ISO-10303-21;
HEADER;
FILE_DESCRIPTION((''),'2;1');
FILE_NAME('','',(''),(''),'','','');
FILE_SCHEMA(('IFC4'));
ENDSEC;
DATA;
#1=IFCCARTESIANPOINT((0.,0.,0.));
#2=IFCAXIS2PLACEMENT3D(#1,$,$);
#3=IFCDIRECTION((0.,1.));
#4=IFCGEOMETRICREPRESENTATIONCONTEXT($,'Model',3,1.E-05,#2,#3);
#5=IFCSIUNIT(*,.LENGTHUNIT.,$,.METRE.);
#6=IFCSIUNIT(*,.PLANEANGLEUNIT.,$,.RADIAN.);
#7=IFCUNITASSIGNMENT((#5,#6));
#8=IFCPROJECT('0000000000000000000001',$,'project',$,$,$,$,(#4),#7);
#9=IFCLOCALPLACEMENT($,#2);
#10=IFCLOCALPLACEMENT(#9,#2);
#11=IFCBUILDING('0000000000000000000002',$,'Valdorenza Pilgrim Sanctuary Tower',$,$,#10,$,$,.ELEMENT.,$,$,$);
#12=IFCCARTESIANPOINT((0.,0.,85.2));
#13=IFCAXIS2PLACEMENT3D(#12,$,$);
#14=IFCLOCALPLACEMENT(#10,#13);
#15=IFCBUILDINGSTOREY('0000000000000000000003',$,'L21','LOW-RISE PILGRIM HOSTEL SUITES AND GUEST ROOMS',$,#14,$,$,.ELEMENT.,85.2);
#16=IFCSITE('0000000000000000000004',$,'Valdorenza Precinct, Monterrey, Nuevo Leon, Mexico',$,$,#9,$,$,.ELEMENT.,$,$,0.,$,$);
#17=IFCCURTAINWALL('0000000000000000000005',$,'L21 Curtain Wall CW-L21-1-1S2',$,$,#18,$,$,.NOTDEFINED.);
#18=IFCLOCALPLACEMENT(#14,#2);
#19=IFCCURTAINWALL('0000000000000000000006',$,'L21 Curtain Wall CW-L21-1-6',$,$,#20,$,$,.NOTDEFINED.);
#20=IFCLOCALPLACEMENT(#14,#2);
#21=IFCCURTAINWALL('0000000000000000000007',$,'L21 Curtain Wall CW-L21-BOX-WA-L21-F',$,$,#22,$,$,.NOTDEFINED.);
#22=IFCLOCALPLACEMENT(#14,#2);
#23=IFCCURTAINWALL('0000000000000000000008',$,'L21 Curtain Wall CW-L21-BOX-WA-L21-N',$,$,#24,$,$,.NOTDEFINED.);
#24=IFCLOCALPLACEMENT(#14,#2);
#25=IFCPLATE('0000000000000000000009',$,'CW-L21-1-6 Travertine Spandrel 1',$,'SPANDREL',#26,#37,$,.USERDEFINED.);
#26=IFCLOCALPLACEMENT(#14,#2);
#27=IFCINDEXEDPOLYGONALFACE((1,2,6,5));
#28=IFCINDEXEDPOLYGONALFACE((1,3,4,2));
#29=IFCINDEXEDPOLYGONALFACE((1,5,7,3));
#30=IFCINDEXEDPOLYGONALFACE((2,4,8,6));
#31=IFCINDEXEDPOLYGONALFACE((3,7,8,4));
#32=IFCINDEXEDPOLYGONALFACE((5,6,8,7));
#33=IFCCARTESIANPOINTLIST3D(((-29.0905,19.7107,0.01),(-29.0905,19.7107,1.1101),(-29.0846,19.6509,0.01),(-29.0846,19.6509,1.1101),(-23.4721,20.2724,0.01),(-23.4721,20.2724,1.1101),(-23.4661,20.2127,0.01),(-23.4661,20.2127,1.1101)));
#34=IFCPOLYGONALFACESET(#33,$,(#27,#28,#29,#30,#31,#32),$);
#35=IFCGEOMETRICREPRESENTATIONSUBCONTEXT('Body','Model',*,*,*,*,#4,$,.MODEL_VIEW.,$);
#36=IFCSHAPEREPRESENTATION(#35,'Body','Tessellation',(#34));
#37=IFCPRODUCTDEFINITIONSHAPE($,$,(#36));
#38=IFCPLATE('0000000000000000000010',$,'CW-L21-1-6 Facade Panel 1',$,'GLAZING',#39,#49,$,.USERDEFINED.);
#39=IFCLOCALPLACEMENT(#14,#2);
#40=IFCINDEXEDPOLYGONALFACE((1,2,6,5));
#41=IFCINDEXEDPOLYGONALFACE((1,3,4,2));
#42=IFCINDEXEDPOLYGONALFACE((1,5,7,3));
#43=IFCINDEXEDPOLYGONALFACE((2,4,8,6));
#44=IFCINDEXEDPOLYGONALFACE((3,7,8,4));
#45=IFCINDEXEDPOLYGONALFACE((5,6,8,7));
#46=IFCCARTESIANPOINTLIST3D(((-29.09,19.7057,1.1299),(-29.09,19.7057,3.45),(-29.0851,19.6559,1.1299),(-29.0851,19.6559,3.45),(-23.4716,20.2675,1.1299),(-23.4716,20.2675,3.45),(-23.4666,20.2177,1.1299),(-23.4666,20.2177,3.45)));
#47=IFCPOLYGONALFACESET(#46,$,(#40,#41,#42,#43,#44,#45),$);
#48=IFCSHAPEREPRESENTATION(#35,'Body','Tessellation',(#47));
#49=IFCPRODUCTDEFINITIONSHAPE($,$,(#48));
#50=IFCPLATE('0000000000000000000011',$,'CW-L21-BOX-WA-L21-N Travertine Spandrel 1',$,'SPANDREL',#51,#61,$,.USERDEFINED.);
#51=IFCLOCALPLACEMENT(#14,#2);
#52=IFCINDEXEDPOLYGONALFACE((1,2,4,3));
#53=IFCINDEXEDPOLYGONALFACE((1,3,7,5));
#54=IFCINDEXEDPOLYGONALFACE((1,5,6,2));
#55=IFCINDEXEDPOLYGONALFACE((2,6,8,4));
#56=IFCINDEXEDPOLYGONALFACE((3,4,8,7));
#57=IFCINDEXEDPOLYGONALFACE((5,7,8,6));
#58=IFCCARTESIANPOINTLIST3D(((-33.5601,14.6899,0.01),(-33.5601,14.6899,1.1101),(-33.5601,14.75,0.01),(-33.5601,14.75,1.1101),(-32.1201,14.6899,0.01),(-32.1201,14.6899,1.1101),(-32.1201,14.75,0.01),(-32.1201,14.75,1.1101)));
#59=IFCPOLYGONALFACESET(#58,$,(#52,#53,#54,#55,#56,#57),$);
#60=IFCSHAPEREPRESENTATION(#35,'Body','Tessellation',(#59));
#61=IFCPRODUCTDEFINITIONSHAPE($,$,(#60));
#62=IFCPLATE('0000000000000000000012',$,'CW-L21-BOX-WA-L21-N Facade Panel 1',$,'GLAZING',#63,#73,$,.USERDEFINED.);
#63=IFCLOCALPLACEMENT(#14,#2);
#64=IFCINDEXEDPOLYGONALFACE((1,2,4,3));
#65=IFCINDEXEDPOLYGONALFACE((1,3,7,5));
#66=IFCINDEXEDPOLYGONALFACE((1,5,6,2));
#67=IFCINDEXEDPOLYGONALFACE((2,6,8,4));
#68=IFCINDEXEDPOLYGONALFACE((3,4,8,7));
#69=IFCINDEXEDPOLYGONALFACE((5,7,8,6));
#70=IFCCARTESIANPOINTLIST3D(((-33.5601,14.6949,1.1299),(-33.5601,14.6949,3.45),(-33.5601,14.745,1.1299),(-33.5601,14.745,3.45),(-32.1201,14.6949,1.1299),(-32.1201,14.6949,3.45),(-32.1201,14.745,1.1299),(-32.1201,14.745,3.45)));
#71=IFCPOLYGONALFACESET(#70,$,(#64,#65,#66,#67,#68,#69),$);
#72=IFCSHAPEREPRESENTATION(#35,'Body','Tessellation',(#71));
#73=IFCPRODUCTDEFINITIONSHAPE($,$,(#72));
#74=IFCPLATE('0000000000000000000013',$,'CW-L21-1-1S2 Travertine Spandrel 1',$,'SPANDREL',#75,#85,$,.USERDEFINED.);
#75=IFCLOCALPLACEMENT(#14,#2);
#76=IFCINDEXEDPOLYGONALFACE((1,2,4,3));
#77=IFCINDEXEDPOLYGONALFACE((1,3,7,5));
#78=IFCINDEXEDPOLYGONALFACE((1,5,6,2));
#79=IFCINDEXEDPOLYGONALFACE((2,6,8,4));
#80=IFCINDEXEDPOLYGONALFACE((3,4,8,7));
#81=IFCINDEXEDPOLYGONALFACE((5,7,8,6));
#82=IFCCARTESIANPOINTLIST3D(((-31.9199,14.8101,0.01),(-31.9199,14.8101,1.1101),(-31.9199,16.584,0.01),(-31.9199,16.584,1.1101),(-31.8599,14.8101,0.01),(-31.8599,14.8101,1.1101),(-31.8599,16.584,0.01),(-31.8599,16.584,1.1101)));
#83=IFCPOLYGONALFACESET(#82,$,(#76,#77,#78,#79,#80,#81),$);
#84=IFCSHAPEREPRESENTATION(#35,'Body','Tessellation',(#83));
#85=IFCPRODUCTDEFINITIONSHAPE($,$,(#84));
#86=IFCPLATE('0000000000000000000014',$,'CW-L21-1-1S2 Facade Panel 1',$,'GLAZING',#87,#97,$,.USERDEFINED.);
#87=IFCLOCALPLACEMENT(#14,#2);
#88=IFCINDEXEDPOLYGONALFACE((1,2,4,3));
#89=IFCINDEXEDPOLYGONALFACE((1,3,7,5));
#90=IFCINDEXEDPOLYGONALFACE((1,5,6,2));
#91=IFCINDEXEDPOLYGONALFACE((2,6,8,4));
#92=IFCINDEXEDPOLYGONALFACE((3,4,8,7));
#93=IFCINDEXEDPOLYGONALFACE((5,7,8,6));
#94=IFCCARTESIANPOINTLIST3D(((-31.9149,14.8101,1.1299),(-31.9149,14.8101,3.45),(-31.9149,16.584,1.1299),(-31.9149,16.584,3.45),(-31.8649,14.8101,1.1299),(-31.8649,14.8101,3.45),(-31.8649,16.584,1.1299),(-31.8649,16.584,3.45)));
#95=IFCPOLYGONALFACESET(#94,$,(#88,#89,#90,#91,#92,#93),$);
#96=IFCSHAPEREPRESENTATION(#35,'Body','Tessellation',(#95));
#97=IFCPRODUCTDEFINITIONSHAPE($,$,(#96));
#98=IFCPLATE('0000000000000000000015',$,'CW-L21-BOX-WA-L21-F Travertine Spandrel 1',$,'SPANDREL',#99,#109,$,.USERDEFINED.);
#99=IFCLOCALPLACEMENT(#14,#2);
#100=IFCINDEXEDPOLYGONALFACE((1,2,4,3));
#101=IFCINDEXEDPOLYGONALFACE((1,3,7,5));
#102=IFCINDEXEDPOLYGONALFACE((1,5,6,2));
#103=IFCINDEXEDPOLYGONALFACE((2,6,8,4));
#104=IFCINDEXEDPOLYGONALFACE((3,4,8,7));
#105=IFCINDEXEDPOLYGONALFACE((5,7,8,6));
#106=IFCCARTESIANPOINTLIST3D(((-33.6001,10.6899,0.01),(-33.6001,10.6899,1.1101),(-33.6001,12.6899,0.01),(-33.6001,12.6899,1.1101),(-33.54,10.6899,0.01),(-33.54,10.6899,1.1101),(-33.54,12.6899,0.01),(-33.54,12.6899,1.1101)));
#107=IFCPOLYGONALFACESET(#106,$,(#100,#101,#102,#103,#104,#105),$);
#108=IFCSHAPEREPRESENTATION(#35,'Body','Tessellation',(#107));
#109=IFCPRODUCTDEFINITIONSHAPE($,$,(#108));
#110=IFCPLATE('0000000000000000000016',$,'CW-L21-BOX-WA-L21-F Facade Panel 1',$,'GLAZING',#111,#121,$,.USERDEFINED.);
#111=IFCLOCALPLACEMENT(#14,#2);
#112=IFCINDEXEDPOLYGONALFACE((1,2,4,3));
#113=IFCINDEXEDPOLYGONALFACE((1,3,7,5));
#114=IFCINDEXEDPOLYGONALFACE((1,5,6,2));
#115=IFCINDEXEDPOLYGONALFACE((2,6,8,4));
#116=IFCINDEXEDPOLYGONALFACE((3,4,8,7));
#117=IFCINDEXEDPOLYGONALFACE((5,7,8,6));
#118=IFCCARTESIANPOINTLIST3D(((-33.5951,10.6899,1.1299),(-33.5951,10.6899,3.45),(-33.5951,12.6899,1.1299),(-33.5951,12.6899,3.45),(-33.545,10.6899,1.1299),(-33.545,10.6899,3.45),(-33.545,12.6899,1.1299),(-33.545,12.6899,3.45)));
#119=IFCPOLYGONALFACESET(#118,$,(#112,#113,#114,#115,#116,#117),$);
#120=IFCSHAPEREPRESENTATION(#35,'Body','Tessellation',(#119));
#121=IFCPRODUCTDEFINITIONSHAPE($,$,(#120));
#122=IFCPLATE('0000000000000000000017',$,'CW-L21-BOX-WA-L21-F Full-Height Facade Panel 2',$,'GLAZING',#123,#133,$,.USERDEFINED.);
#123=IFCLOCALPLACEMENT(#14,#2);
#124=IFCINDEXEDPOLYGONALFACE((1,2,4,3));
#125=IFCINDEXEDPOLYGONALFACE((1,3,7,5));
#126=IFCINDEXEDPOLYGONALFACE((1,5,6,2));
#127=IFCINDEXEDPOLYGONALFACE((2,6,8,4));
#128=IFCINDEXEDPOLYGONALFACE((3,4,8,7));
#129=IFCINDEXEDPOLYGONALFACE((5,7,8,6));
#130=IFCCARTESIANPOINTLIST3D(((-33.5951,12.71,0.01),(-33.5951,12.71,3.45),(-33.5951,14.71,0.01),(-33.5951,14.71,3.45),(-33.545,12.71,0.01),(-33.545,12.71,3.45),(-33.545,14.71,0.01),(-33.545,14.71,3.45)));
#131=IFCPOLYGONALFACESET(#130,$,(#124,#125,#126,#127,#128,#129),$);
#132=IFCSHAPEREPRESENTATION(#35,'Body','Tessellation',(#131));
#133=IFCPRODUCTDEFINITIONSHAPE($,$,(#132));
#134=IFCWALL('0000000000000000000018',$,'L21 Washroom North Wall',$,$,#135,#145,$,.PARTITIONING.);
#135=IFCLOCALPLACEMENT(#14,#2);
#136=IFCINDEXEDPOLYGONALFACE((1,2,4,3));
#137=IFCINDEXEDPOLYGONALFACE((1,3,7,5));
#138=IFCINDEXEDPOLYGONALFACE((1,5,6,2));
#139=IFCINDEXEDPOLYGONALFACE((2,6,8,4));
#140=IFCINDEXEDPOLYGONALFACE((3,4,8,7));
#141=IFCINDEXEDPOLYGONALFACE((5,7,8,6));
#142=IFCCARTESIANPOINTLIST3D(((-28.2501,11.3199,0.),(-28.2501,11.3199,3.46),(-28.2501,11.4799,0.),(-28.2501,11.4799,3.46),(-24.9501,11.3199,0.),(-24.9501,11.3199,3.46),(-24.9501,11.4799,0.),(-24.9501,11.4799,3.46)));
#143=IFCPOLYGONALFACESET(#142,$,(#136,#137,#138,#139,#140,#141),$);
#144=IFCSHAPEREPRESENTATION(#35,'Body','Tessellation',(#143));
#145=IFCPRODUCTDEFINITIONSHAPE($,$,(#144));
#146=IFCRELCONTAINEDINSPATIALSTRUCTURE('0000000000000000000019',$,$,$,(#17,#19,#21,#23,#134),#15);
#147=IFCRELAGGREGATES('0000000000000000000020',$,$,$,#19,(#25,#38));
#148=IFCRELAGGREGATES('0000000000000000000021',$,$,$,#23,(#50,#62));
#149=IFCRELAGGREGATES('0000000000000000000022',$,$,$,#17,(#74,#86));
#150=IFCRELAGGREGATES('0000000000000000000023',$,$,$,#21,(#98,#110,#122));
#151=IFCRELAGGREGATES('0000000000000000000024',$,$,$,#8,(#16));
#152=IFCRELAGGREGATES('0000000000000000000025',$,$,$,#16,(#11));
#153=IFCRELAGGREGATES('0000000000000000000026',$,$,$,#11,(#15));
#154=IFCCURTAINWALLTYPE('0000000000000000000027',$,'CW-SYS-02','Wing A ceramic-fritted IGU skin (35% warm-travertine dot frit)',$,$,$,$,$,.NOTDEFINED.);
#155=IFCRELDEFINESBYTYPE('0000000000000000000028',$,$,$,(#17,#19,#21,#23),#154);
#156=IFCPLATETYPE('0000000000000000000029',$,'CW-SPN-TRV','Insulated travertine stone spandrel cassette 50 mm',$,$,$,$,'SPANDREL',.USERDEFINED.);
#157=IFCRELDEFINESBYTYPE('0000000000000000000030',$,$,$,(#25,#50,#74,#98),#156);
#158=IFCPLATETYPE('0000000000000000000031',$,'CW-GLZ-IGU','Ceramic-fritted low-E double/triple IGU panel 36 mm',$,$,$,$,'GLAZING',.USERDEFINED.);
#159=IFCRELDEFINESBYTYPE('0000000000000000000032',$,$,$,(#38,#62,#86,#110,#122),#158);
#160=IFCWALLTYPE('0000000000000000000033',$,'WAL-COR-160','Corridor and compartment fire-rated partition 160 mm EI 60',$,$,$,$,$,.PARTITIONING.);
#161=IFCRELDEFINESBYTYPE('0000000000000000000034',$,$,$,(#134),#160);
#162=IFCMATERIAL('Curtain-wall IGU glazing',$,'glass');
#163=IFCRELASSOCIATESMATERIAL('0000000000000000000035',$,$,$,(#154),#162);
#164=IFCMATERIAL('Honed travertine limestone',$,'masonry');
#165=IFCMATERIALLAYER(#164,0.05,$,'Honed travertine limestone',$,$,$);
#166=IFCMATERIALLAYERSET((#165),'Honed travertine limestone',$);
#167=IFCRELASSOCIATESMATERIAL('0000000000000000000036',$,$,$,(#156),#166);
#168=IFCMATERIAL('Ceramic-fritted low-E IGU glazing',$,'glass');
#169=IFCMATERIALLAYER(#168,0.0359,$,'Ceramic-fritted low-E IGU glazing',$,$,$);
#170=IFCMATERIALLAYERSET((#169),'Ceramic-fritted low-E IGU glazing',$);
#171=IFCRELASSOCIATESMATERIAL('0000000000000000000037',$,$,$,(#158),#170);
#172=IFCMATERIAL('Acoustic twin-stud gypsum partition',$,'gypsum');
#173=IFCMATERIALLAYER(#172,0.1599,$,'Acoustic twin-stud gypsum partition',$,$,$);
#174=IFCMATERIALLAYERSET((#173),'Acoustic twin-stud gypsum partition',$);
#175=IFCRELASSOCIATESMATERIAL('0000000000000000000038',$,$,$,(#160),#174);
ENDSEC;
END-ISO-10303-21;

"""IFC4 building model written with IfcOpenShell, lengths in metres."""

from ifc_helpers import new_model, si_unit, direction, frame, frame_2d, origin, origin_2d, place, context, subcontext, project, spatial, rectangle, extrude, source, transform, mapped, material, layer, layer_set, type_object, element, aggregate, save


model = new_model("IFC4")

# Units and contexts
model_context = context("Model", 3, precision=1e-05, world=origin(), true_north=direction((0.0, 1.0)))
body_context = subcontext(model_context, "Body", "Model", "MODEL_VIEW")
ifc_project = project(units=[si_unit("LENGTHUNIT", "METRE"), si_unit("PLANEANGLEUNIT", "RADIAN")], contexts=[model_context])

# Site, building, storey
site_placement = place(None, origin())
site = spatial("IfcSite", under=ifc_project, at=site_placement, Name="Valdorenza Precinct, Monterrey, Nuevo Leon, Mexico", CompositionType="ELEMENT", RefElevation=0.0)
building_placement = place(site_placement, origin())
building = spatial("IfcBuilding", under=site, at=building_placement, Name="Valdorenza Pilgrim Sanctuary Tower", CompositionType="ELEMENT")
storey_placement = place(building_placement, frame((0.0, 0.0, 85.2)))
storey = spatial("IfcBuildingStorey", under=building, at=storey_placement, Name="L21", Description="LOW-RISE PILGRIM HOSTEL SUITES AND GUEST ROOMS", CompositionType="ELEMENT", Elevation=85.2)

# Curtain walls
ifc_material_1 = material(Name="Curtain-wall IGU glazing", Category="glass")
curtain_wall_type = type_object("IfcCurtainWallType", Name="CW-SYS-02", Description="Wing A ceramic-fritted IGU skin (35% warm-travertine dot frit)", PredefinedType="NOTDEFINED", material=ifc_material_1)
curtain_wall_1_placement = place(storey_placement, origin())
curtain_wall_1 = element("IfcCurtainWall", 1, at=curtain_wall_1_placement, inside=storey, type_object=curtain_wall_type, Name="L21 Curtain Wall CW-L21-1-1S2", PredefinedType="NOTDEFINED")
curtain_wall_2_placement = place(storey_placement, origin())
curtain_wall_2 = element("IfcCurtainWall", 2, at=curtain_wall_2_placement, inside=storey, type_object=curtain_wall_type, Name="L21 Curtain Wall CW-L21-1-6", PredefinedType="NOTDEFINED")
curtain_wall_3_placement = place(storey_placement, origin())
curtain_wall_3 = element("IfcCurtainWall", 3, at=curtain_wall_3_placement, inside=storey, type_object=curtain_wall_type, Name="L21 Curtain Wall CW-L21-BOX-WA-L21-F", PredefinedType="NOTDEFINED")

# Curtain wall
curtain_wall_4_placement = place(storey_placement, origin())
curtain_wall_4 = element("IfcCurtainWall", 4, at=curtain_wall_4_placement, inside=storey, type_object=curtain_wall_type, Name="L21 Curtain Wall CW-L21-BOX-WA-L21-N", PredefinedType="NOTDEFINED")

# Plates
ifc_material_2 = material(Name="Honed travertine limestone", Category="masonry")
ifc_layer_1 = layer(ifc_material_2, 0.05, Name="Honed travertine limestone")
ifc_layer_set_1 = layer_set([ifc_layer_1], Name="Honed travertine limestone")
plate_type_1 = type_object("IfcPlateType", Name="CW-SPN-TRV", Description="Insulated travertine stone spandrel cassette 50 mm", ElementType="SPANDREL", PredefinedType="USERDEFINED", material=ifc_layer_set_1)
shared_shape_1 = source(origin(), body_context, "Body", "SweptSolid", [
    extrude(rectangle(XDim=5.6465, YDim=0.0601, at=origin_2d()), origin(), (0.0, 0.0, 1.0), 1.1001),
])
plate_1_placement = place(storey_placement, frame((-26.2783, 19.9617, 0.01), z_axis=(0.0, 0.0, 1.0), x_axis=(0.995038, 0.099493, 0.0)))
plate_1 = element("IfcPlate", 5, at=plate_1_placement, type_object=plate_type_1, Name="CW-L21-1-6 Travertine Spandrel 1", ObjectType="SPANDREL", PredefinedType="USERDEFINED", context=body_context, shape_type="MappedRepresentation", body=[
    mapped(shared_shape_1, transform((0.0, 0.0, 0.0), x_axis=(1.0, 0.0, 0.0), y_axis=(0.0, 1.0, 0.0), z_axis=(0.0, 0.0, 1.0), scale=1.0)),
])
ifc_material_3 = material(Name="Ceramic-fritted low-E IGU glazing", Category="glass")
ifc_layer_2 = layer(ifc_material_3, 0.0359, Name="Ceramic-fritted low-E IGU glazing")
ifc_layer_set_2 = layer_set([ifc_layer_2], Name="Ceramic-fritted low-E IGU glazing")
plate_type_2 = type_object("IfcPlateType", Name="CW-GLZ-IGU", Description="Ceramic-fritted low-E double/triple IGU panel 36 mm", ElementType="GLAZING", PredefinedType="USERDEFINED", material=ifc_layer_set_2)
shared_shape_2 = source(origin(), body_context, "Body", "SweptSolid", [
    extrude(rectangle(XDim=5.6465, YDim=0.05, at=origin_2d()), origin(), (0.0, 0.0, 1.0), 2.3201),
])
plate_2_placement = place(storey_placement, frame((-26.2783, 19.9617, 1.1299), z_axis=(0.0, 0.0, 1.0), x_axis=(0.995038, 0.099493, 0.0)))
plate_2 = element("IfcPlate", 6, at=plate_2_placement, type_object=plate_type_2, Name="CW-L21-1-6 Facade Panel 1", ObjectType="GLAZING", PredefinedType="USERDEFINED", context=body_context, shape_type="MappedRepresentation", body=[
    mapped(shared_shape_2, transform((0.0, 0.0, 0.0), x_axis=(1.0, 0.0, 0.0), y_axis=(0.0, 1.0, 0.0), z_axis=(0.0, 0.0, 1.0), scale=1.0)),
])
aggregate(curtain_wall_2, [plate_1, plate_2])
shared_shape_3 = source(origin(), body_context, "Body", "SweptSolid", [
    extrude(rectangle(XDim=1.4399, YDim=0.0601, at=origin_2d()), origin(), (0.0, 0.0, 1.0), 1.1001),
])
plate_3_placement = place(storey_placement, frame((-32.8401, 14.72, 0.01), z_axis=(0.0, 0.0, 1.0), x_axis=(1.0, 0.0, 0.0)))
plate_3 = element("IfcPlate", 7, at=plate_3_placement, type_object=plate_type_1, Name="CW-L21-BOX-WA-L21-N Travertine Spandrel 1", ObjectType="SPANDREL", PredefinedType="USERDEFINED", context=body_context, shape_type="MappedRepresentation", body=[
    mapped(shared_shape_3, transform((0.0, 0.0, 0.0), x_axis=(1.0, 0.0, 0.0), y_axis=(0.0, 1.0, 0.0), z_axis=(0.0, 0.0, 1.0), scale=1.0)),
])
shared_shape_4 = source(origin(), body_context, "Body", "SweptSolid", [
    extrude(rectangle(XDim=1.4399, YDim=0.05, at=origin_2d()), origin(), (0.0, 0.0, 1.0), 2.3201),
])
plate_4_placement = place(storey_placement, frame((-32.8401, 14.72, 1.1299), z_axis=(0.0, 0.0, 1.0), x_axis=(1.0, 0.0, 0.0)))
plate_4 = element("IfcPlate", 8, at=plate_4_placement, type_object=plate_type_2, Name="CW-L21-BOX-WA-L21-N Facade Panel 1", ObjectType="GLAZING", PredefinedType="USERDEFINED", context=body_context, shape_type="MappedRepresentation", body=[
    mapped(shared_shape_4, transform((0.0, 0.0, 0.0), x_axis=(1.0, 0.0, 0.0), y_axis=(0.0, 1.0, 0.0), z_axis=(0.0, 0.0, 1.0), scale=1.0)),
])
aggregate(curtain_wall_4, [plate_3, plate_4])
shared_shape_5 = source(origin(), body_context, "Body", "SweptSolid", [
    extrude(rectangle(XDim=1.7739, YDim=0.0601, at=origin_2d()), origin(), (0.0, 0.0, 1.0), 1.1001),
])
plate_5_placement = place(storey_placement, frame((-31.8899, 15.697, 0.01), z_axis=(0.0, 0.0, 1.0), x_axis=(0.0, 1.0, 0.0)))
plate_5 = element("IfcPlate", 9, at=plate_5_placement, type_object=plate_type_1, Name="CW-L21-1-1S2 Travertine Spandrel 1", ObjectType="SPANDREL", PredefinedType="USERDEFINED", context=body_context, shape_type="MappedRepresentation", body=[
    mapped(shared_shape_5, transform((0.0, 0.0, 0.0), x_axis=(1.0, 0.0, 0.0), y_axis=(0.0, 1.0, 0.0), z_axis=(0.0, 0.0, 1.0), scale=1.0)),
])
shared_shape_6 = source(origin(), body_context, "Body", "SweptSolid", [
    extrude(rectangle(XDim=1.7739, YDim=0.05, at=origin_2d()), origin(), (0.0, 0.0, 1.0), 2.3201),
])
plate_6_placement = place(storey_placement, frame((-31.8899, 15.697, 1.1299), z_axis=(0.0, 0.0, 1.0), x_axis=(0.0, 1.0, 0.0)))
plate_6 = element("IfcPlate", 10, at=plate_6_placement, type_object=plate_type_2, Name="CW-L21-1-1S2 Facade Panel 1", ObjectType="GLAZING", PredefinedType="USERDEFINED", context=body_context, shape_type="MappedRepresentation", body=[
    mapped(shared_shape_6, transform((0.0, 0.0, 0.0), x_axis=(1.0, 0.0, 0.0), y_axis=(0.0, 1.0, 0.0), z_axis=(0.0, 0.0, 1.0), scale=1.0)),
])
aggregate(curtain_wall_1, [plate_5, plate_6])
shared_shape_7 = source(origin(), body_context, "Body", "SweptSolid", [
    extrude(rectangle(XDim=2.0, YDim=0.0601, at=origin_2d()), origin(), (0.0, 0.0, 1.0), 1.1001),
])
plate_7_placement = place(storey_placement, frame((-33.5701, 11.6899, 0.01), z_axis=(0.0, 0.0, 1.0), x_axis=(0.0, 1.0, 0.0)))
plate_7 = element("IfcPlate", 11, at=plate_7_placement, type_object=plate_type_1, Name="CW-L21-BOX-WA-L21-F Travertine Spandrel 1", ObjectType="SPANDREL", PredefinedType="USERDEFINED", context=body_context, shape_type="MappedRepresentation", body=[
    mapped(shared_shape_7, transform((0.0, 0.0, 0.0), x_axis=(1.0, 0.0, 0.0), y_axis=(0.0, 1.0, 0.0), z_axis=(0.0, 0.0, 1.0), scale=1.0)),
])
shared_shape_8 = source(origin(), body_context, "Body", "SweptSolid", [
    extrude(rectangle(XDim=2.0, YDim=0.05, at=origin_2d()), origin(), (0.0, 0.0, 1.0), 2.3201),
])
plate_8_placement = place(storey_placement, frame((-33.5701, 11.6899, 1.1299), z_axis=(0.0, 0.0, 1.0), x_axis=(0.0, 1.0, 0.0)))
plate_8 = element("IfcPlate", 12, at=plate_8_placement, type_object=plate_type_2, Name="CW-L21-BOX-WA-L21-F Facade Panel 1", ObjectType="GLAZING", PredefinedType="USERDEFINED", context=body_context, shape_type="MappedRepresentation", body=[
    mapped(shared_shape_8, transform((0.0, 0.0, 0.0), x_axis=(1.0, 0.0, 0.0), y_axis=(0.0, 1.0, 0.0), z_axis=(0.0, 0.0, 1.0), scale=1.0)),
])
shared_shape_9 = source(origin(), body_context, "Body", "SweptSolid", [
    extrude(rectangle(XDim=2.0, YDim=0.05, at=origin_2d()), origin(), (0.0, 0.0, 1.0), 3.4399),
])
plate_9_placement = place(storey_placement, frame((-33.5701, 13.71, 0.01), z_axis=(0.0, 0.0, 1.0), x_axis=(0.0, 1.0, 0.0)))
plate_9 = element("IfcPlate", 13, at=plate_9_placement, type_object=plate_type_2, Name="CW-L21-BOX-WA-L21-F Full-Height Facade Panel 2", ObjectType="GLAZING", PredefinedType="USERDEFINED", context=body_context, shape_type="MappedRepresentation", body=[
    mapped(shared_shape_9, transform((0.0, 0.0, 0.0), x_axis=(1.0, 0.0, 0.0), y_axis=(0.0, 1.0, 0.0), z_axis=(0.0, 0.0, 1.0), scale=1.0)),
])
aggregate(curtain_wall_3, [plate_7, plate_8, plate_9])

# Wall
ifc_material_4 = material(Name="Acoustic twin-stud gypsum partition", Category="gypsum")
ifc_layer_3 = layer(ifc_material_4, 0.1599, Name="Acoustic twin-stud gypsum partition")
ifc_layer_set_3 = layer_set([ifc_layer_3], Name="Acoustic twin-stud gypsum partition")
wall_type_1 = type_object("IfcWallType", Name="WAL-COR-160", Description="Corridor and compartment fire-rated partition 160 mm EI 60", PredefinedType="PARTITIONING", material=ifc_layer_set_3)
wall_1_placement = place(storey_placement, frame((-28.25, 11.3999, 0.0), z_axis=(0.0, 0.0, 1.0), x_axis=(1.0, 0.0, 0.0)))
element("IfcWall", 14, at=wall_1_placement, inside=storey, type_object=wall_type_1, Name="L21 Washroom North Wall", PredefinedType="PARTITIONING", context=body_context, shape_type="SweptSolid", body=[
    extrude(rectangle(XDim=3.3, YDim=0.1599, at=frame_2d((1.6499, 0.0))), origin(), (0.0, 0.0, 1.0), 3.46),
])

save(model, "model.ifc")
